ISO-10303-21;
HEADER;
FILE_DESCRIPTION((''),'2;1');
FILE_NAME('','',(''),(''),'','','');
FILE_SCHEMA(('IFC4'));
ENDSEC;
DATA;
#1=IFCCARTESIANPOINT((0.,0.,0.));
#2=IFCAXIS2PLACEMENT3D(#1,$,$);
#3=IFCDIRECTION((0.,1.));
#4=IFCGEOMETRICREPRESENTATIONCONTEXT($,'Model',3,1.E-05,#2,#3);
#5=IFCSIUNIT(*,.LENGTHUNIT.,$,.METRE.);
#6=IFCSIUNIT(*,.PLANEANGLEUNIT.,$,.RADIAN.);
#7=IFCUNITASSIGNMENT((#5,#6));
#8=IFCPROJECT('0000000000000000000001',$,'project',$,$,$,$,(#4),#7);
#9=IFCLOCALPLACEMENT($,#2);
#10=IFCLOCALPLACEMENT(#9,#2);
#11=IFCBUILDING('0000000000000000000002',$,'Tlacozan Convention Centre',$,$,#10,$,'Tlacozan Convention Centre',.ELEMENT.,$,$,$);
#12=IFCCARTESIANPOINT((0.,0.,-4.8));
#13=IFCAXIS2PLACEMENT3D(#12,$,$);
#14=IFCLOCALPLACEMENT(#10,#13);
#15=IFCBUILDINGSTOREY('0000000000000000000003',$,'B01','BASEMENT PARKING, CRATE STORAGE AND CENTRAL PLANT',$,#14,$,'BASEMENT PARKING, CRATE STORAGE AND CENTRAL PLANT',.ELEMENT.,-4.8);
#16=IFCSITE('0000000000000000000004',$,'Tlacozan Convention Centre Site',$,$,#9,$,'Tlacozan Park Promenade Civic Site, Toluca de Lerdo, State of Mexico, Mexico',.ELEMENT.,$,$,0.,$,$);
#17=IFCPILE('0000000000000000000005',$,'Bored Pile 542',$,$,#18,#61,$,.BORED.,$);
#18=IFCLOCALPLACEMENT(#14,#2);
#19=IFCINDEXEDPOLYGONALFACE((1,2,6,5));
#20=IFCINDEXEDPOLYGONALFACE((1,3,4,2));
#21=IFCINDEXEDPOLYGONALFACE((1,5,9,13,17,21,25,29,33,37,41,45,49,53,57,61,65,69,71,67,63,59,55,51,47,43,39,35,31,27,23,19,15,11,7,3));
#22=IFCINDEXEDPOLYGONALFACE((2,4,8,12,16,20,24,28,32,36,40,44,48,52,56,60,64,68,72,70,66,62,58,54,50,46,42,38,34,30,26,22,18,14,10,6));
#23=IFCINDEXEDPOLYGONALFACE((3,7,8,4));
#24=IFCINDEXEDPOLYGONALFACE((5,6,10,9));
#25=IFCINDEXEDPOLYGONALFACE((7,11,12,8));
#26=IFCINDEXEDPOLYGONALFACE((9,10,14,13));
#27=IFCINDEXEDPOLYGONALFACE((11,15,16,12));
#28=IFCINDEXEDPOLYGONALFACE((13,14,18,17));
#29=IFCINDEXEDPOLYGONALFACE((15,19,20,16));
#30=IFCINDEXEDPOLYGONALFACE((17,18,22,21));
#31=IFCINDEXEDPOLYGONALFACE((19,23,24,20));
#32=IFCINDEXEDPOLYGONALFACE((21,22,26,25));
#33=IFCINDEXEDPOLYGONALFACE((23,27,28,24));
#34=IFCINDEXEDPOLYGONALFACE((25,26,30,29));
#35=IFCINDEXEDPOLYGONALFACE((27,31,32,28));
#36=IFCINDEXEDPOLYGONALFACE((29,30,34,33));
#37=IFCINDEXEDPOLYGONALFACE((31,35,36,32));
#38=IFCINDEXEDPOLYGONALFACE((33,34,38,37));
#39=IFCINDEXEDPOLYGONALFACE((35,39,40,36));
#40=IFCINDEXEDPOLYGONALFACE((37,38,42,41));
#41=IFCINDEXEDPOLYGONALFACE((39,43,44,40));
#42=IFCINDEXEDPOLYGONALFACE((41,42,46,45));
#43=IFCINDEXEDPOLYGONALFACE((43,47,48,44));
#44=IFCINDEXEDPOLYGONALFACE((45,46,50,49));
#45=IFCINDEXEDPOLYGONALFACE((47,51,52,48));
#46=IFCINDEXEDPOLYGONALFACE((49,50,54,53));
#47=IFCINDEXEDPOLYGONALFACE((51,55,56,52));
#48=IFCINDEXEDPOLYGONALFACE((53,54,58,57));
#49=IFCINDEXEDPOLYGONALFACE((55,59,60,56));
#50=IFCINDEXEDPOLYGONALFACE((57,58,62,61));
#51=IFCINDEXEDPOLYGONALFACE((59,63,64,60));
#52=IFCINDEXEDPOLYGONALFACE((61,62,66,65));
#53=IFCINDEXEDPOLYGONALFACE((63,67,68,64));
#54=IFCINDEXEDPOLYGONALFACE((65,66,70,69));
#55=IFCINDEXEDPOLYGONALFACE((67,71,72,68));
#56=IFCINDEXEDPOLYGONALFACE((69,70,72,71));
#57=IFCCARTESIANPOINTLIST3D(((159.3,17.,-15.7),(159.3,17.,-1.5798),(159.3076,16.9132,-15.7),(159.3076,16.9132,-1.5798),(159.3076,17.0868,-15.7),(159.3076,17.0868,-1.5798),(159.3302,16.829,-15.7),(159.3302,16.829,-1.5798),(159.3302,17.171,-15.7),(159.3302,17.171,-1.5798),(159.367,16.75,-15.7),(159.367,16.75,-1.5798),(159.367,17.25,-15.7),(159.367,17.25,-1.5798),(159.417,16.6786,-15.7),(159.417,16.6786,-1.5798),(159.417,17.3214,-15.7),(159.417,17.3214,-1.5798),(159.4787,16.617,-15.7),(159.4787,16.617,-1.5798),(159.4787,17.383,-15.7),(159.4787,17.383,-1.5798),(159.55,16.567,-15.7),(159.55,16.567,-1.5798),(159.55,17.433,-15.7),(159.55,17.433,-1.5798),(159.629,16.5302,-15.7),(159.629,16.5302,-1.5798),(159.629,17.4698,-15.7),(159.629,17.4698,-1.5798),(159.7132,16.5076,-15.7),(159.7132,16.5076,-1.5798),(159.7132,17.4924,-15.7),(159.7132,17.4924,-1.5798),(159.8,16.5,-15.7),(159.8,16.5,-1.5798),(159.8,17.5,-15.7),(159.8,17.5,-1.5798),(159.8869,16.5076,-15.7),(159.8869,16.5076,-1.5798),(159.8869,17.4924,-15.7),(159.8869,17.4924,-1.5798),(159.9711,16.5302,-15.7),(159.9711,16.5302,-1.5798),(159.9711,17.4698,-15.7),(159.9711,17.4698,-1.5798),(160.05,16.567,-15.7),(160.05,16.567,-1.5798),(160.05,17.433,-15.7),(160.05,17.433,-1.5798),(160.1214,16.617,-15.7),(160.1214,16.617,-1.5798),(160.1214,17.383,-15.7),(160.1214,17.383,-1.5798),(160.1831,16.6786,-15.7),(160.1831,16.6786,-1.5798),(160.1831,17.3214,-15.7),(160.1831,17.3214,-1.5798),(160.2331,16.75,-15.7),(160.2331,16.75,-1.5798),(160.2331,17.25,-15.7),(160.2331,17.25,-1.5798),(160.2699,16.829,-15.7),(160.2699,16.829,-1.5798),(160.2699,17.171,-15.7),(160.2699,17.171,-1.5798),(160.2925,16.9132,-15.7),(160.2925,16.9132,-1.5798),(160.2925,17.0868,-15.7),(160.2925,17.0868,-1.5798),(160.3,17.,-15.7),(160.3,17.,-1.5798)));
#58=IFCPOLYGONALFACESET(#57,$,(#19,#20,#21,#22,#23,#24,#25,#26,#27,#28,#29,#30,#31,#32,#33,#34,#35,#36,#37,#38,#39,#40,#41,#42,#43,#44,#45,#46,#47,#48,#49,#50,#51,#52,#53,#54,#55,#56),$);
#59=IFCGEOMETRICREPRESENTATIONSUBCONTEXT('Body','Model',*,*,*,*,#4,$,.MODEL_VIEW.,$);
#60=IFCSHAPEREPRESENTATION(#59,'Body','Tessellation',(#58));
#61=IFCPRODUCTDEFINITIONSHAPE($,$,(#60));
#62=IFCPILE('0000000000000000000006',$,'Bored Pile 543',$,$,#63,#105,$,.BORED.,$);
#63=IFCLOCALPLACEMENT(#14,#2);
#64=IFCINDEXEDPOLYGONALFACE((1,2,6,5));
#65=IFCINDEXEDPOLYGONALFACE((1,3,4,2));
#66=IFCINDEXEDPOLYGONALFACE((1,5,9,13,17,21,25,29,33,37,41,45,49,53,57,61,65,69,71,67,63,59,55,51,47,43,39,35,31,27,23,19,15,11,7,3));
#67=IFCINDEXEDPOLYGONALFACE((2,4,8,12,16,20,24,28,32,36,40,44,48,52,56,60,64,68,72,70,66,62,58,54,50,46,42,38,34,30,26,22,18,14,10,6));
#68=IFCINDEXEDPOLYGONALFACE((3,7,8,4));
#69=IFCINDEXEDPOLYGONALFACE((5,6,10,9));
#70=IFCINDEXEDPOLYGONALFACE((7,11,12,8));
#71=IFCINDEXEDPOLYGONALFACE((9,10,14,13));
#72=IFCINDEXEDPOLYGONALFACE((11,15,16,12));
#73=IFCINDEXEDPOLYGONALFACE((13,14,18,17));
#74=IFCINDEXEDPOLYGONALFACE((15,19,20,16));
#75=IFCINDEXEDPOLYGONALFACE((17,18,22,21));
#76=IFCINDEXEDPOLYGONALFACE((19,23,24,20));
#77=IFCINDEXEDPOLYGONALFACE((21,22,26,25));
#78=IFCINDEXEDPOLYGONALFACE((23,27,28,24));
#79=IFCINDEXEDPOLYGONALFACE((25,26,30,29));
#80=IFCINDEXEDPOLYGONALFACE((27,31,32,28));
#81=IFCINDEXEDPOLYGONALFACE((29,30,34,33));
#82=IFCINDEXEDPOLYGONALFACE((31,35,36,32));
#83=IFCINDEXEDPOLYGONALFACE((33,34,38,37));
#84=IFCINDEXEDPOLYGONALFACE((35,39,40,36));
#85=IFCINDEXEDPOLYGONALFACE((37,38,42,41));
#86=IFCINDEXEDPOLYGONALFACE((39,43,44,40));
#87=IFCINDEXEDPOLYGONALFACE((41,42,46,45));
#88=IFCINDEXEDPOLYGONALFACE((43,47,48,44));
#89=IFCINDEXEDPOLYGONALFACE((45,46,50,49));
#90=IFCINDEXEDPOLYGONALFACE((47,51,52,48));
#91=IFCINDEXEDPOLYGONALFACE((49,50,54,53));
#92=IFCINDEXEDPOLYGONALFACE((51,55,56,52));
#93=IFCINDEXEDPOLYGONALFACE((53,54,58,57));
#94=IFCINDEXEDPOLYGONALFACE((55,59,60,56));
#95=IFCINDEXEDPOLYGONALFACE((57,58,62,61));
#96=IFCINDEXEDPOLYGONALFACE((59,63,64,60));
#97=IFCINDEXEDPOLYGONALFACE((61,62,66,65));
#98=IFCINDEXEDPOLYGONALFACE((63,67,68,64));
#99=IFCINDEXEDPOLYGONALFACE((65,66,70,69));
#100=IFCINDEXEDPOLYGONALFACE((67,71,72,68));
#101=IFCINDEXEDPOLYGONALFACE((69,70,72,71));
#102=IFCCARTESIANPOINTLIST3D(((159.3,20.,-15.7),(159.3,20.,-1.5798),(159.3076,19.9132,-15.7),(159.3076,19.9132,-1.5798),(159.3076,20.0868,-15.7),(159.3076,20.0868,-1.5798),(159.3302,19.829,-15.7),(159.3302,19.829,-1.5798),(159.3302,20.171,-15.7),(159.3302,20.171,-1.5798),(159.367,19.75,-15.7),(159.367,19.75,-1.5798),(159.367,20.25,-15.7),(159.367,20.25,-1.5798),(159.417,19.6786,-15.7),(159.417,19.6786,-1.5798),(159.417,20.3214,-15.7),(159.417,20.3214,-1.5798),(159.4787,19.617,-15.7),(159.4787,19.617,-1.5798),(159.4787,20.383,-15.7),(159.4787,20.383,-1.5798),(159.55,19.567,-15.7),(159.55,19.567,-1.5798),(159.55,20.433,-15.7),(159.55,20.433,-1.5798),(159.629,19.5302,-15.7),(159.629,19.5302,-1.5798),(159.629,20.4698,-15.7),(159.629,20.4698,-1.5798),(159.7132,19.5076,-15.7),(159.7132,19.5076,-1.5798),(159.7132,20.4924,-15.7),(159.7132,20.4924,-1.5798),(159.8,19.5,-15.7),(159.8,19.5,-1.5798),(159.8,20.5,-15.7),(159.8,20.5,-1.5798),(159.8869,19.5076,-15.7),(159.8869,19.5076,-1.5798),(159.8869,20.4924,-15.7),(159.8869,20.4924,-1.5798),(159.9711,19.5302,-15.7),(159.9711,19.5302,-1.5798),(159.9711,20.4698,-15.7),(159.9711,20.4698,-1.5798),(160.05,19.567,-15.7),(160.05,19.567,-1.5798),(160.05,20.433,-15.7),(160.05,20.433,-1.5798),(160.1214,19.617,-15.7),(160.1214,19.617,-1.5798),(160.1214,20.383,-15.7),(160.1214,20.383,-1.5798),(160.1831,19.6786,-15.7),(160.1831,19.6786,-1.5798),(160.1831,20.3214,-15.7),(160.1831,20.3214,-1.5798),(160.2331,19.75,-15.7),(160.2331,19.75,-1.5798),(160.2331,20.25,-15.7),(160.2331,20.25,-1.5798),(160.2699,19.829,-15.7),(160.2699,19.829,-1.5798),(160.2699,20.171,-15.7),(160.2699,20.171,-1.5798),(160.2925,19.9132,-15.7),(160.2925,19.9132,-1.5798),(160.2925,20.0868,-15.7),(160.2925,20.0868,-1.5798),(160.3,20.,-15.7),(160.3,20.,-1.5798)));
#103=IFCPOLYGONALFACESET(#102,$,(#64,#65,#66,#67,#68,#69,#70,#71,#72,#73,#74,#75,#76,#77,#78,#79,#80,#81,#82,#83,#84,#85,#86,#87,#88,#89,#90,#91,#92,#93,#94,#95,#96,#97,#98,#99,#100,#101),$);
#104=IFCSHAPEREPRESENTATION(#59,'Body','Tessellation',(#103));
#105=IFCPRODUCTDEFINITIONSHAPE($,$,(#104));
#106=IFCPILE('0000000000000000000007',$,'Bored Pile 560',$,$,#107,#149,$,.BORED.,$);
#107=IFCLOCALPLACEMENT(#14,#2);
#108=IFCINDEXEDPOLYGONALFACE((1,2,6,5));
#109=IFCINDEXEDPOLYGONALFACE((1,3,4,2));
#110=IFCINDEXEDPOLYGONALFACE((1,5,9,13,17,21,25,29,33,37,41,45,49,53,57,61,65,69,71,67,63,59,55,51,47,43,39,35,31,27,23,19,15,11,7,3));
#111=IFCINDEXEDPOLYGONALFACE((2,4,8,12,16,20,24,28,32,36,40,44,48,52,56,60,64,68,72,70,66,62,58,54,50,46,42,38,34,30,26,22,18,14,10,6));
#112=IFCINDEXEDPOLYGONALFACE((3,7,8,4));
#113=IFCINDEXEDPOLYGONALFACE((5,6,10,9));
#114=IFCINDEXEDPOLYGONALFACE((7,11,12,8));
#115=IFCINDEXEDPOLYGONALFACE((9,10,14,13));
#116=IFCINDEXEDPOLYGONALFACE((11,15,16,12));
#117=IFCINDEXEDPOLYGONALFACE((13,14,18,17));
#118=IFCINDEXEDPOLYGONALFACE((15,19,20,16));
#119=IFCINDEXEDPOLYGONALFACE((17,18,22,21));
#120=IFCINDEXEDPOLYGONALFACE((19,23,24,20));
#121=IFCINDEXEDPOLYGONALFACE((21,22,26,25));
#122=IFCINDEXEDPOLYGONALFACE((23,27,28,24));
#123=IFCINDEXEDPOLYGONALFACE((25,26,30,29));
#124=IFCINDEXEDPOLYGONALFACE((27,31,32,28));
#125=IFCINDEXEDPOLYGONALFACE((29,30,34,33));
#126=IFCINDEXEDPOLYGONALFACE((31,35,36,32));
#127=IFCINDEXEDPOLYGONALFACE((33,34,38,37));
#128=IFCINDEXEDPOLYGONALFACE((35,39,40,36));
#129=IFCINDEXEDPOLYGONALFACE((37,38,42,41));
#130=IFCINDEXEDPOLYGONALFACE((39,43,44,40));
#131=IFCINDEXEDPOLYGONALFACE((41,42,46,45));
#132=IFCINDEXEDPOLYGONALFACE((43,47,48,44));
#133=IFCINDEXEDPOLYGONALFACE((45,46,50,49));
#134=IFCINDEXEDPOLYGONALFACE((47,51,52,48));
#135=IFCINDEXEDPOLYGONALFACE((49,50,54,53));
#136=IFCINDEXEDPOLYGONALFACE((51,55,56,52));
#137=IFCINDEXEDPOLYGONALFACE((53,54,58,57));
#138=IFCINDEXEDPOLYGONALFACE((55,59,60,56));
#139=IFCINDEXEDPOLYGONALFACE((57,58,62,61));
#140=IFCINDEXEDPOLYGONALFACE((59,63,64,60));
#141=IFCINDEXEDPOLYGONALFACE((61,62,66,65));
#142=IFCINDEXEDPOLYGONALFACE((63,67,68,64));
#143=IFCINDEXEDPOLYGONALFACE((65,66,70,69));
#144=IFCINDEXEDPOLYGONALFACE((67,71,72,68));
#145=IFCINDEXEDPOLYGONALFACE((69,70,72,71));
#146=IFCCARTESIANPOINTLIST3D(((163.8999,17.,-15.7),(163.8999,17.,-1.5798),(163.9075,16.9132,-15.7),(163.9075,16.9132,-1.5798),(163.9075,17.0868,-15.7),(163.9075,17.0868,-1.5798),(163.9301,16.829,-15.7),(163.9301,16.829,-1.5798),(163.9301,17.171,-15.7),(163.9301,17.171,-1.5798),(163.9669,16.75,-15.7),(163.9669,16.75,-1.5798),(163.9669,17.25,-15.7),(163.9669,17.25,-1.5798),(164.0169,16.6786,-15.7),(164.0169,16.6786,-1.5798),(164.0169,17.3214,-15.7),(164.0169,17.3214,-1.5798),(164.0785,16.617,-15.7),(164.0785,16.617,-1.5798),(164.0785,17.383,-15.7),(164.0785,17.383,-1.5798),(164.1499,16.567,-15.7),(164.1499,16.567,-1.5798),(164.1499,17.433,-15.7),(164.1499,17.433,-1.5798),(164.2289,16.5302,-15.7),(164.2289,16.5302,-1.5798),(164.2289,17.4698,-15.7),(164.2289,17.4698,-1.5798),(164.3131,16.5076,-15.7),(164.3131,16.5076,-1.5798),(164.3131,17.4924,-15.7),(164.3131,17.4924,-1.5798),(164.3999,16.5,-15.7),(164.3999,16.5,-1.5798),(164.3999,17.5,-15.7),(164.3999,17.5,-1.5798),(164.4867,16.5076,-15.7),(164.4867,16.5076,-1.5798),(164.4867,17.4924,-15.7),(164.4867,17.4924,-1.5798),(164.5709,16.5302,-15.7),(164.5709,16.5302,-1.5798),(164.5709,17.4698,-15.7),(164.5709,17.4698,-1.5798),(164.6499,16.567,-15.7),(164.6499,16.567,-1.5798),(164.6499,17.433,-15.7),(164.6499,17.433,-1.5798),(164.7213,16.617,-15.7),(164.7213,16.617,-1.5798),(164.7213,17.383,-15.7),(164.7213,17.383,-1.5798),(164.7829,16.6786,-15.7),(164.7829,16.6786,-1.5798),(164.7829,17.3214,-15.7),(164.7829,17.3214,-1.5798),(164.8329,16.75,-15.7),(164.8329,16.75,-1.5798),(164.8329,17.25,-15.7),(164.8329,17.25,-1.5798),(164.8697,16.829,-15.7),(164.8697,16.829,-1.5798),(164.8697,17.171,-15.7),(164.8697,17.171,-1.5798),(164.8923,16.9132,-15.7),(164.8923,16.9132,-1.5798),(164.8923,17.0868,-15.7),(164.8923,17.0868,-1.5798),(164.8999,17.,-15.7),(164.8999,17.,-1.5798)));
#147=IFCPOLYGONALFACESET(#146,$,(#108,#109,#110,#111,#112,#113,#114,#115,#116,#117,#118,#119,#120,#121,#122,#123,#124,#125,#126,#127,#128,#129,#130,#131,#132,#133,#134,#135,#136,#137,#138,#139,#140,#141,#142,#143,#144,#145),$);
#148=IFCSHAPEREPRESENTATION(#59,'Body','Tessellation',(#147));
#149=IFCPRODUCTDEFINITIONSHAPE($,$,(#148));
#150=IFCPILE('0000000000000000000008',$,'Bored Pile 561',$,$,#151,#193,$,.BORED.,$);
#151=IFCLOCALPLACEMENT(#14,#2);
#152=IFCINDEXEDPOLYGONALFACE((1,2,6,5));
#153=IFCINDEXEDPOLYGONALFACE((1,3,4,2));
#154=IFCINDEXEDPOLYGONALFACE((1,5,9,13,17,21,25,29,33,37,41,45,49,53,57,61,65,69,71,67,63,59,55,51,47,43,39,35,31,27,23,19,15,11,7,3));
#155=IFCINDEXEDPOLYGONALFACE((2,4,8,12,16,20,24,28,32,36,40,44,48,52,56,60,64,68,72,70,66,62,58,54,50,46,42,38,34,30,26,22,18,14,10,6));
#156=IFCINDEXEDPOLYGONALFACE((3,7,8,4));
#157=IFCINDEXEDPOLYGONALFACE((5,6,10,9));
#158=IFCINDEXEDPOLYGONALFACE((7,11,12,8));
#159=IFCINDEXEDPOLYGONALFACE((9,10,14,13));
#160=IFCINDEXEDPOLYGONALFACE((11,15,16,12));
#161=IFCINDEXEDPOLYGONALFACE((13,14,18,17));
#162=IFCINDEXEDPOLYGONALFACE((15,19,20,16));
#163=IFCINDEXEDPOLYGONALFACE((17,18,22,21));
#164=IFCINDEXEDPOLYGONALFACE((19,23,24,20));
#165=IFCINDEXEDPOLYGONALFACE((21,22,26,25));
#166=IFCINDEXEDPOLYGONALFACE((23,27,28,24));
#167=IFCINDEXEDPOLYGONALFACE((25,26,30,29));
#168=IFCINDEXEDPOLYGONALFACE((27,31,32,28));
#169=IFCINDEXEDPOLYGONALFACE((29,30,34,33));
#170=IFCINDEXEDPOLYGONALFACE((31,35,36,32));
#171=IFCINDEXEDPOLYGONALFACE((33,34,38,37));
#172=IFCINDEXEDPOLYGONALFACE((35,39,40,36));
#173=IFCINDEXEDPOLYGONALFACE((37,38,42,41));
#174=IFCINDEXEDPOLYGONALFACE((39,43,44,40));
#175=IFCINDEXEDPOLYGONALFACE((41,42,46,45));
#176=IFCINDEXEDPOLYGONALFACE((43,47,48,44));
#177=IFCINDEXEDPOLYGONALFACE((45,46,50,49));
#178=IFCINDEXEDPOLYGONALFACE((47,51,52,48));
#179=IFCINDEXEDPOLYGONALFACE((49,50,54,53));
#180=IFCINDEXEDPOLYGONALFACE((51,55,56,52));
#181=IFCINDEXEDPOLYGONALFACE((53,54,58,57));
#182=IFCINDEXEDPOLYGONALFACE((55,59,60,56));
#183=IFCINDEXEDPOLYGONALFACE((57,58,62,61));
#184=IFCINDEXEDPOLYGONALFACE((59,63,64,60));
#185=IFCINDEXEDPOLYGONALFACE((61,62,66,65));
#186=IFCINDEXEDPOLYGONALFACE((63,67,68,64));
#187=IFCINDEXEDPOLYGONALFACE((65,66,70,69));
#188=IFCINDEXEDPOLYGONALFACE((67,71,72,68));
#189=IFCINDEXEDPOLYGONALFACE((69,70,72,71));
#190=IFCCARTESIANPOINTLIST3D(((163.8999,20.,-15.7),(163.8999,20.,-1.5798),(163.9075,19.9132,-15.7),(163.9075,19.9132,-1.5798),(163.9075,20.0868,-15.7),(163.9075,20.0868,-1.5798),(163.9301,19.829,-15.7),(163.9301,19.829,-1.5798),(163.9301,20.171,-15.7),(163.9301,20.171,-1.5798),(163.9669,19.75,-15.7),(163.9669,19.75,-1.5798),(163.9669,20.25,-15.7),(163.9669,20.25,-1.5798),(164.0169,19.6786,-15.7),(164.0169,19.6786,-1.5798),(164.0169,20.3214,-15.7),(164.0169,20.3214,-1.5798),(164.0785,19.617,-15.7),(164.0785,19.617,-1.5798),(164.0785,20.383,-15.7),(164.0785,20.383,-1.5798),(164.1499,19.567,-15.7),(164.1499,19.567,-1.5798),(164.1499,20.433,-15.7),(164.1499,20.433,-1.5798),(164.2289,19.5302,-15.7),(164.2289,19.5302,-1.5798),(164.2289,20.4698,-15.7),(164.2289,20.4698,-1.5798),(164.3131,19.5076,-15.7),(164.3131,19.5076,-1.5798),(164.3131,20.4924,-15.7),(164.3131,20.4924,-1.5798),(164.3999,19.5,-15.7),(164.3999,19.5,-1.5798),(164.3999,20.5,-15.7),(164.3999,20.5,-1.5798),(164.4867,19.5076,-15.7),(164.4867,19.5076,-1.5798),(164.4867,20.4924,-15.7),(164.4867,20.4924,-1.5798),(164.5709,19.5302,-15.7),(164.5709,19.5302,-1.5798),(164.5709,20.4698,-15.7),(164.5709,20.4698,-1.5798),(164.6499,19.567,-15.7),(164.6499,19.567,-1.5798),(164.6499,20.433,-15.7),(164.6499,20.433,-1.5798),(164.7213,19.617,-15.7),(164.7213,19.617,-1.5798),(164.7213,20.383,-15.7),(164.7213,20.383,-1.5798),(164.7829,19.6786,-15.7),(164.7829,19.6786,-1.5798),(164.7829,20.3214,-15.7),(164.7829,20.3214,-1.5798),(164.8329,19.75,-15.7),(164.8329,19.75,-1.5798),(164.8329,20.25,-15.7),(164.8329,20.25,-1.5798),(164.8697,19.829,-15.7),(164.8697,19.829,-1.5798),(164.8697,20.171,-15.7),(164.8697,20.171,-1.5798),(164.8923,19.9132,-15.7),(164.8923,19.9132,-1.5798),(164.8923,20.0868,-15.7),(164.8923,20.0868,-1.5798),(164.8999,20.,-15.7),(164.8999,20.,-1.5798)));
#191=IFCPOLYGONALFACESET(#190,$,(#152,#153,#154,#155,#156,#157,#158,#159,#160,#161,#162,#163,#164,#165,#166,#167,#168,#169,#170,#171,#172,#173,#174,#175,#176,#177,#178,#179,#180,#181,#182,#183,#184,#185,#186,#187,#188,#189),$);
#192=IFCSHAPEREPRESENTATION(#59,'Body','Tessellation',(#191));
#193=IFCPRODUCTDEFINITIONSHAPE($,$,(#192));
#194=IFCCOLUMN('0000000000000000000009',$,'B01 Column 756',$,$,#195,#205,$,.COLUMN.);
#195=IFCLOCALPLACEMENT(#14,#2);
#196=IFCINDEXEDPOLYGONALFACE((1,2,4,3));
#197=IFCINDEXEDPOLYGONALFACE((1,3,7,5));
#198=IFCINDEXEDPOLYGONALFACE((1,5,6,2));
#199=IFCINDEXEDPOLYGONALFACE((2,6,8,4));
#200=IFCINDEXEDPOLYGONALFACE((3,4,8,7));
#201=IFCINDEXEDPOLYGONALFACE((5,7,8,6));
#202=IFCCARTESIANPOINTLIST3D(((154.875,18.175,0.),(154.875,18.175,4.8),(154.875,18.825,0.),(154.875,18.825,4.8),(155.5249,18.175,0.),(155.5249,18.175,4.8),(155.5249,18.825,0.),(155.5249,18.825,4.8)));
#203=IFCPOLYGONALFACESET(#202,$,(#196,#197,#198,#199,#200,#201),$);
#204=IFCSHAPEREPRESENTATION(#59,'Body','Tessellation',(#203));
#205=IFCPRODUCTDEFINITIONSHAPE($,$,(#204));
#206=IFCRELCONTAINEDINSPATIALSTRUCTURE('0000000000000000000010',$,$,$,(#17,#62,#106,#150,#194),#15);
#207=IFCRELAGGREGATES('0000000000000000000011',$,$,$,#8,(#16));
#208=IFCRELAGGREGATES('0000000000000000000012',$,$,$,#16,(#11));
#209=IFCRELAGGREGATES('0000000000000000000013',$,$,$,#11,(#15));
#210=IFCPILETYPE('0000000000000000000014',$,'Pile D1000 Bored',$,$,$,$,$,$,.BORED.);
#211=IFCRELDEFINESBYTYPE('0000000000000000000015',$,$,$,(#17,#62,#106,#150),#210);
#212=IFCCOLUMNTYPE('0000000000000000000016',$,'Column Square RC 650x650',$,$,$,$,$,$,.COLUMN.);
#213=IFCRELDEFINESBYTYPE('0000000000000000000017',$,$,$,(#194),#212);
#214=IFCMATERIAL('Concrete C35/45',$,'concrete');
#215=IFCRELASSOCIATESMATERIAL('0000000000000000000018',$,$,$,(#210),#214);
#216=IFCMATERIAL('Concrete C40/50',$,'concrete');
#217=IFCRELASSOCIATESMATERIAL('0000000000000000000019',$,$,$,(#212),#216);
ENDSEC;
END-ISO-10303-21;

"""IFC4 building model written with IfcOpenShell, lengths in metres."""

from ifc_helpers import new_model, si_unit, direction, frame, origin, origin_2d, place, context, subcontext, project, spatial, rectangle, circle, extrude, material, material_profile, profile_set, type_object, element, save


model = new_model("IFC4")

# Units and contexts
model_context = context("Model", 3, precision=1e-05, world=origin(), true_north=direction((0.0, 1.0)))
body_context = subcontext(model_context, "Body", "Model", "MODEL_VIEW")
ifc_project = project(units=[si_unit("LENGTHUNIT", "METRE"), si_unit("PLANEANGLEUNIT", "RADIAN")], contexts=[model_context])

# Site, building, storey
site_placement = place(None, origin())
site = spatial("IfcSite", under=ifc_project, at=site_placement, Name="Tlacozan Convention Centre Site", LongName="Tlacozan Park Promenade Civic Site, Toluca de Lerdo, State of Mexico, Mexico", CompositionType="ELEMENT", RefElevation=0.0)
building_placement = place(site_placement, origin())
building = spatial("IfcBuilding", under=site, at=building_placement, Name="Tlacozan Convention Centre", LongName="Tlacozan Convention Centre", CompositionType="ELEMENT")
storey_placement = place(building_placement, frame((0.0, 0.0, -4.8)))
storey = spatial("IfcBuildingStorey", under=building, at=storey_placement, Name="B01", Description="BASEMENT PARKING, CRATE STORAGE AND CENTRAL PLANT", LongName="BASEMENT PARKING, CRATE STORAGE AND CENTRAL PLANT", CompositionType="ELEMENT", Elevation=-4.8)

# Shared definitions
ifc_material_1 = material(Name="Concrete C35/45", Category="concrete")

# Piles
ifc_material_profile_1 = material_profile(ifc_material_1, circle(Radius=0.5, at=origin_2d()), Name="PILE D1000")
ifc_profile_set_1 = profile_set([ifc_material_profile_1], Name="Concrete C35/45")
pile_type = type_object("IfcPileType", Name="Pile D1000 Bored", PredefinedType="BORED", material=ifc_profile_set_1)
for number, where, z_axis, x_axis, name in (
    (1, (159.8, 17.0, -1.5798), (0.0, 0.0, -1.0), (1.0, 0.0, 0.0), "Bored Pile 542"),
    (2, (159.8, 20.0, -1.5798), (0.0, 0.0, -1.0), (1.0, 0.0, 0.0), "Bored Pile 543"),
    (3, (164.3999, 17.0, -1.5798), (0.0, 0.0, -1.0), (1.0, 0.0, 0.0), "Bored Pile 560"),
    (4, (164.3999, 20.0, -1.5798), (0.0, 0.0, -1.0), (1.0, 0.0, 0.0), "Bored Pile 561"),
):
    element("IfcPile", number, at=place(storey_placement, frame(where, z_axis=z_axis, x_axis=x_axis)), inside=storey, type_object=pile_type, Name=name, PredefinedType="BORED", context=body_context, shape_type="SweptSolid", body=[
        extrude(circle(Radius=0.5, at=origin_2d()), origin(), (0.0, 0.0, 1.0), 14.1201),
    ])

# Column
ifc_material_2 = material(Name="Concrete C40/50", Category="concrete")
ifc_material_profile_2 = material_profile(ifc_material_2, rectangle(XDim=0.6499, YDim=0.6499, at=origin_2d()), Name="RC 650x650")
ifc_profile_set_2 = profile_set([ifc_material_profile_2], Name="Concrete C40/50")
column_type = type_object("IfcColumnType", Name="Column Square RC 650x650", PredefinedType="COLUMN", material=ifc_profile_set_2)
for number, where, z_axis, x_axis, name in (
    (5, (155.2, 18.5, 0.0), (0.0, 0.0, 1.0), (1.0, 0.0, 0.0), "B01 Column 756"),
):
    element("IfcColumn", number, at=place(storey_placement, frame(where, z_axis=z_axis, x_axis=x_axis)), inside=storey, type_object=column_type, Name=name, PredefinedType="COLUMN", context=body_context, shape_type="SweptSolid", body=[
        extrude(rectangle(XDim=0.6499, YDim=0.6499, at=origin_2d()), origin(), (0.0, 0.0, 1.0), 4.8),
    ])

save(model, "model.ifc")
